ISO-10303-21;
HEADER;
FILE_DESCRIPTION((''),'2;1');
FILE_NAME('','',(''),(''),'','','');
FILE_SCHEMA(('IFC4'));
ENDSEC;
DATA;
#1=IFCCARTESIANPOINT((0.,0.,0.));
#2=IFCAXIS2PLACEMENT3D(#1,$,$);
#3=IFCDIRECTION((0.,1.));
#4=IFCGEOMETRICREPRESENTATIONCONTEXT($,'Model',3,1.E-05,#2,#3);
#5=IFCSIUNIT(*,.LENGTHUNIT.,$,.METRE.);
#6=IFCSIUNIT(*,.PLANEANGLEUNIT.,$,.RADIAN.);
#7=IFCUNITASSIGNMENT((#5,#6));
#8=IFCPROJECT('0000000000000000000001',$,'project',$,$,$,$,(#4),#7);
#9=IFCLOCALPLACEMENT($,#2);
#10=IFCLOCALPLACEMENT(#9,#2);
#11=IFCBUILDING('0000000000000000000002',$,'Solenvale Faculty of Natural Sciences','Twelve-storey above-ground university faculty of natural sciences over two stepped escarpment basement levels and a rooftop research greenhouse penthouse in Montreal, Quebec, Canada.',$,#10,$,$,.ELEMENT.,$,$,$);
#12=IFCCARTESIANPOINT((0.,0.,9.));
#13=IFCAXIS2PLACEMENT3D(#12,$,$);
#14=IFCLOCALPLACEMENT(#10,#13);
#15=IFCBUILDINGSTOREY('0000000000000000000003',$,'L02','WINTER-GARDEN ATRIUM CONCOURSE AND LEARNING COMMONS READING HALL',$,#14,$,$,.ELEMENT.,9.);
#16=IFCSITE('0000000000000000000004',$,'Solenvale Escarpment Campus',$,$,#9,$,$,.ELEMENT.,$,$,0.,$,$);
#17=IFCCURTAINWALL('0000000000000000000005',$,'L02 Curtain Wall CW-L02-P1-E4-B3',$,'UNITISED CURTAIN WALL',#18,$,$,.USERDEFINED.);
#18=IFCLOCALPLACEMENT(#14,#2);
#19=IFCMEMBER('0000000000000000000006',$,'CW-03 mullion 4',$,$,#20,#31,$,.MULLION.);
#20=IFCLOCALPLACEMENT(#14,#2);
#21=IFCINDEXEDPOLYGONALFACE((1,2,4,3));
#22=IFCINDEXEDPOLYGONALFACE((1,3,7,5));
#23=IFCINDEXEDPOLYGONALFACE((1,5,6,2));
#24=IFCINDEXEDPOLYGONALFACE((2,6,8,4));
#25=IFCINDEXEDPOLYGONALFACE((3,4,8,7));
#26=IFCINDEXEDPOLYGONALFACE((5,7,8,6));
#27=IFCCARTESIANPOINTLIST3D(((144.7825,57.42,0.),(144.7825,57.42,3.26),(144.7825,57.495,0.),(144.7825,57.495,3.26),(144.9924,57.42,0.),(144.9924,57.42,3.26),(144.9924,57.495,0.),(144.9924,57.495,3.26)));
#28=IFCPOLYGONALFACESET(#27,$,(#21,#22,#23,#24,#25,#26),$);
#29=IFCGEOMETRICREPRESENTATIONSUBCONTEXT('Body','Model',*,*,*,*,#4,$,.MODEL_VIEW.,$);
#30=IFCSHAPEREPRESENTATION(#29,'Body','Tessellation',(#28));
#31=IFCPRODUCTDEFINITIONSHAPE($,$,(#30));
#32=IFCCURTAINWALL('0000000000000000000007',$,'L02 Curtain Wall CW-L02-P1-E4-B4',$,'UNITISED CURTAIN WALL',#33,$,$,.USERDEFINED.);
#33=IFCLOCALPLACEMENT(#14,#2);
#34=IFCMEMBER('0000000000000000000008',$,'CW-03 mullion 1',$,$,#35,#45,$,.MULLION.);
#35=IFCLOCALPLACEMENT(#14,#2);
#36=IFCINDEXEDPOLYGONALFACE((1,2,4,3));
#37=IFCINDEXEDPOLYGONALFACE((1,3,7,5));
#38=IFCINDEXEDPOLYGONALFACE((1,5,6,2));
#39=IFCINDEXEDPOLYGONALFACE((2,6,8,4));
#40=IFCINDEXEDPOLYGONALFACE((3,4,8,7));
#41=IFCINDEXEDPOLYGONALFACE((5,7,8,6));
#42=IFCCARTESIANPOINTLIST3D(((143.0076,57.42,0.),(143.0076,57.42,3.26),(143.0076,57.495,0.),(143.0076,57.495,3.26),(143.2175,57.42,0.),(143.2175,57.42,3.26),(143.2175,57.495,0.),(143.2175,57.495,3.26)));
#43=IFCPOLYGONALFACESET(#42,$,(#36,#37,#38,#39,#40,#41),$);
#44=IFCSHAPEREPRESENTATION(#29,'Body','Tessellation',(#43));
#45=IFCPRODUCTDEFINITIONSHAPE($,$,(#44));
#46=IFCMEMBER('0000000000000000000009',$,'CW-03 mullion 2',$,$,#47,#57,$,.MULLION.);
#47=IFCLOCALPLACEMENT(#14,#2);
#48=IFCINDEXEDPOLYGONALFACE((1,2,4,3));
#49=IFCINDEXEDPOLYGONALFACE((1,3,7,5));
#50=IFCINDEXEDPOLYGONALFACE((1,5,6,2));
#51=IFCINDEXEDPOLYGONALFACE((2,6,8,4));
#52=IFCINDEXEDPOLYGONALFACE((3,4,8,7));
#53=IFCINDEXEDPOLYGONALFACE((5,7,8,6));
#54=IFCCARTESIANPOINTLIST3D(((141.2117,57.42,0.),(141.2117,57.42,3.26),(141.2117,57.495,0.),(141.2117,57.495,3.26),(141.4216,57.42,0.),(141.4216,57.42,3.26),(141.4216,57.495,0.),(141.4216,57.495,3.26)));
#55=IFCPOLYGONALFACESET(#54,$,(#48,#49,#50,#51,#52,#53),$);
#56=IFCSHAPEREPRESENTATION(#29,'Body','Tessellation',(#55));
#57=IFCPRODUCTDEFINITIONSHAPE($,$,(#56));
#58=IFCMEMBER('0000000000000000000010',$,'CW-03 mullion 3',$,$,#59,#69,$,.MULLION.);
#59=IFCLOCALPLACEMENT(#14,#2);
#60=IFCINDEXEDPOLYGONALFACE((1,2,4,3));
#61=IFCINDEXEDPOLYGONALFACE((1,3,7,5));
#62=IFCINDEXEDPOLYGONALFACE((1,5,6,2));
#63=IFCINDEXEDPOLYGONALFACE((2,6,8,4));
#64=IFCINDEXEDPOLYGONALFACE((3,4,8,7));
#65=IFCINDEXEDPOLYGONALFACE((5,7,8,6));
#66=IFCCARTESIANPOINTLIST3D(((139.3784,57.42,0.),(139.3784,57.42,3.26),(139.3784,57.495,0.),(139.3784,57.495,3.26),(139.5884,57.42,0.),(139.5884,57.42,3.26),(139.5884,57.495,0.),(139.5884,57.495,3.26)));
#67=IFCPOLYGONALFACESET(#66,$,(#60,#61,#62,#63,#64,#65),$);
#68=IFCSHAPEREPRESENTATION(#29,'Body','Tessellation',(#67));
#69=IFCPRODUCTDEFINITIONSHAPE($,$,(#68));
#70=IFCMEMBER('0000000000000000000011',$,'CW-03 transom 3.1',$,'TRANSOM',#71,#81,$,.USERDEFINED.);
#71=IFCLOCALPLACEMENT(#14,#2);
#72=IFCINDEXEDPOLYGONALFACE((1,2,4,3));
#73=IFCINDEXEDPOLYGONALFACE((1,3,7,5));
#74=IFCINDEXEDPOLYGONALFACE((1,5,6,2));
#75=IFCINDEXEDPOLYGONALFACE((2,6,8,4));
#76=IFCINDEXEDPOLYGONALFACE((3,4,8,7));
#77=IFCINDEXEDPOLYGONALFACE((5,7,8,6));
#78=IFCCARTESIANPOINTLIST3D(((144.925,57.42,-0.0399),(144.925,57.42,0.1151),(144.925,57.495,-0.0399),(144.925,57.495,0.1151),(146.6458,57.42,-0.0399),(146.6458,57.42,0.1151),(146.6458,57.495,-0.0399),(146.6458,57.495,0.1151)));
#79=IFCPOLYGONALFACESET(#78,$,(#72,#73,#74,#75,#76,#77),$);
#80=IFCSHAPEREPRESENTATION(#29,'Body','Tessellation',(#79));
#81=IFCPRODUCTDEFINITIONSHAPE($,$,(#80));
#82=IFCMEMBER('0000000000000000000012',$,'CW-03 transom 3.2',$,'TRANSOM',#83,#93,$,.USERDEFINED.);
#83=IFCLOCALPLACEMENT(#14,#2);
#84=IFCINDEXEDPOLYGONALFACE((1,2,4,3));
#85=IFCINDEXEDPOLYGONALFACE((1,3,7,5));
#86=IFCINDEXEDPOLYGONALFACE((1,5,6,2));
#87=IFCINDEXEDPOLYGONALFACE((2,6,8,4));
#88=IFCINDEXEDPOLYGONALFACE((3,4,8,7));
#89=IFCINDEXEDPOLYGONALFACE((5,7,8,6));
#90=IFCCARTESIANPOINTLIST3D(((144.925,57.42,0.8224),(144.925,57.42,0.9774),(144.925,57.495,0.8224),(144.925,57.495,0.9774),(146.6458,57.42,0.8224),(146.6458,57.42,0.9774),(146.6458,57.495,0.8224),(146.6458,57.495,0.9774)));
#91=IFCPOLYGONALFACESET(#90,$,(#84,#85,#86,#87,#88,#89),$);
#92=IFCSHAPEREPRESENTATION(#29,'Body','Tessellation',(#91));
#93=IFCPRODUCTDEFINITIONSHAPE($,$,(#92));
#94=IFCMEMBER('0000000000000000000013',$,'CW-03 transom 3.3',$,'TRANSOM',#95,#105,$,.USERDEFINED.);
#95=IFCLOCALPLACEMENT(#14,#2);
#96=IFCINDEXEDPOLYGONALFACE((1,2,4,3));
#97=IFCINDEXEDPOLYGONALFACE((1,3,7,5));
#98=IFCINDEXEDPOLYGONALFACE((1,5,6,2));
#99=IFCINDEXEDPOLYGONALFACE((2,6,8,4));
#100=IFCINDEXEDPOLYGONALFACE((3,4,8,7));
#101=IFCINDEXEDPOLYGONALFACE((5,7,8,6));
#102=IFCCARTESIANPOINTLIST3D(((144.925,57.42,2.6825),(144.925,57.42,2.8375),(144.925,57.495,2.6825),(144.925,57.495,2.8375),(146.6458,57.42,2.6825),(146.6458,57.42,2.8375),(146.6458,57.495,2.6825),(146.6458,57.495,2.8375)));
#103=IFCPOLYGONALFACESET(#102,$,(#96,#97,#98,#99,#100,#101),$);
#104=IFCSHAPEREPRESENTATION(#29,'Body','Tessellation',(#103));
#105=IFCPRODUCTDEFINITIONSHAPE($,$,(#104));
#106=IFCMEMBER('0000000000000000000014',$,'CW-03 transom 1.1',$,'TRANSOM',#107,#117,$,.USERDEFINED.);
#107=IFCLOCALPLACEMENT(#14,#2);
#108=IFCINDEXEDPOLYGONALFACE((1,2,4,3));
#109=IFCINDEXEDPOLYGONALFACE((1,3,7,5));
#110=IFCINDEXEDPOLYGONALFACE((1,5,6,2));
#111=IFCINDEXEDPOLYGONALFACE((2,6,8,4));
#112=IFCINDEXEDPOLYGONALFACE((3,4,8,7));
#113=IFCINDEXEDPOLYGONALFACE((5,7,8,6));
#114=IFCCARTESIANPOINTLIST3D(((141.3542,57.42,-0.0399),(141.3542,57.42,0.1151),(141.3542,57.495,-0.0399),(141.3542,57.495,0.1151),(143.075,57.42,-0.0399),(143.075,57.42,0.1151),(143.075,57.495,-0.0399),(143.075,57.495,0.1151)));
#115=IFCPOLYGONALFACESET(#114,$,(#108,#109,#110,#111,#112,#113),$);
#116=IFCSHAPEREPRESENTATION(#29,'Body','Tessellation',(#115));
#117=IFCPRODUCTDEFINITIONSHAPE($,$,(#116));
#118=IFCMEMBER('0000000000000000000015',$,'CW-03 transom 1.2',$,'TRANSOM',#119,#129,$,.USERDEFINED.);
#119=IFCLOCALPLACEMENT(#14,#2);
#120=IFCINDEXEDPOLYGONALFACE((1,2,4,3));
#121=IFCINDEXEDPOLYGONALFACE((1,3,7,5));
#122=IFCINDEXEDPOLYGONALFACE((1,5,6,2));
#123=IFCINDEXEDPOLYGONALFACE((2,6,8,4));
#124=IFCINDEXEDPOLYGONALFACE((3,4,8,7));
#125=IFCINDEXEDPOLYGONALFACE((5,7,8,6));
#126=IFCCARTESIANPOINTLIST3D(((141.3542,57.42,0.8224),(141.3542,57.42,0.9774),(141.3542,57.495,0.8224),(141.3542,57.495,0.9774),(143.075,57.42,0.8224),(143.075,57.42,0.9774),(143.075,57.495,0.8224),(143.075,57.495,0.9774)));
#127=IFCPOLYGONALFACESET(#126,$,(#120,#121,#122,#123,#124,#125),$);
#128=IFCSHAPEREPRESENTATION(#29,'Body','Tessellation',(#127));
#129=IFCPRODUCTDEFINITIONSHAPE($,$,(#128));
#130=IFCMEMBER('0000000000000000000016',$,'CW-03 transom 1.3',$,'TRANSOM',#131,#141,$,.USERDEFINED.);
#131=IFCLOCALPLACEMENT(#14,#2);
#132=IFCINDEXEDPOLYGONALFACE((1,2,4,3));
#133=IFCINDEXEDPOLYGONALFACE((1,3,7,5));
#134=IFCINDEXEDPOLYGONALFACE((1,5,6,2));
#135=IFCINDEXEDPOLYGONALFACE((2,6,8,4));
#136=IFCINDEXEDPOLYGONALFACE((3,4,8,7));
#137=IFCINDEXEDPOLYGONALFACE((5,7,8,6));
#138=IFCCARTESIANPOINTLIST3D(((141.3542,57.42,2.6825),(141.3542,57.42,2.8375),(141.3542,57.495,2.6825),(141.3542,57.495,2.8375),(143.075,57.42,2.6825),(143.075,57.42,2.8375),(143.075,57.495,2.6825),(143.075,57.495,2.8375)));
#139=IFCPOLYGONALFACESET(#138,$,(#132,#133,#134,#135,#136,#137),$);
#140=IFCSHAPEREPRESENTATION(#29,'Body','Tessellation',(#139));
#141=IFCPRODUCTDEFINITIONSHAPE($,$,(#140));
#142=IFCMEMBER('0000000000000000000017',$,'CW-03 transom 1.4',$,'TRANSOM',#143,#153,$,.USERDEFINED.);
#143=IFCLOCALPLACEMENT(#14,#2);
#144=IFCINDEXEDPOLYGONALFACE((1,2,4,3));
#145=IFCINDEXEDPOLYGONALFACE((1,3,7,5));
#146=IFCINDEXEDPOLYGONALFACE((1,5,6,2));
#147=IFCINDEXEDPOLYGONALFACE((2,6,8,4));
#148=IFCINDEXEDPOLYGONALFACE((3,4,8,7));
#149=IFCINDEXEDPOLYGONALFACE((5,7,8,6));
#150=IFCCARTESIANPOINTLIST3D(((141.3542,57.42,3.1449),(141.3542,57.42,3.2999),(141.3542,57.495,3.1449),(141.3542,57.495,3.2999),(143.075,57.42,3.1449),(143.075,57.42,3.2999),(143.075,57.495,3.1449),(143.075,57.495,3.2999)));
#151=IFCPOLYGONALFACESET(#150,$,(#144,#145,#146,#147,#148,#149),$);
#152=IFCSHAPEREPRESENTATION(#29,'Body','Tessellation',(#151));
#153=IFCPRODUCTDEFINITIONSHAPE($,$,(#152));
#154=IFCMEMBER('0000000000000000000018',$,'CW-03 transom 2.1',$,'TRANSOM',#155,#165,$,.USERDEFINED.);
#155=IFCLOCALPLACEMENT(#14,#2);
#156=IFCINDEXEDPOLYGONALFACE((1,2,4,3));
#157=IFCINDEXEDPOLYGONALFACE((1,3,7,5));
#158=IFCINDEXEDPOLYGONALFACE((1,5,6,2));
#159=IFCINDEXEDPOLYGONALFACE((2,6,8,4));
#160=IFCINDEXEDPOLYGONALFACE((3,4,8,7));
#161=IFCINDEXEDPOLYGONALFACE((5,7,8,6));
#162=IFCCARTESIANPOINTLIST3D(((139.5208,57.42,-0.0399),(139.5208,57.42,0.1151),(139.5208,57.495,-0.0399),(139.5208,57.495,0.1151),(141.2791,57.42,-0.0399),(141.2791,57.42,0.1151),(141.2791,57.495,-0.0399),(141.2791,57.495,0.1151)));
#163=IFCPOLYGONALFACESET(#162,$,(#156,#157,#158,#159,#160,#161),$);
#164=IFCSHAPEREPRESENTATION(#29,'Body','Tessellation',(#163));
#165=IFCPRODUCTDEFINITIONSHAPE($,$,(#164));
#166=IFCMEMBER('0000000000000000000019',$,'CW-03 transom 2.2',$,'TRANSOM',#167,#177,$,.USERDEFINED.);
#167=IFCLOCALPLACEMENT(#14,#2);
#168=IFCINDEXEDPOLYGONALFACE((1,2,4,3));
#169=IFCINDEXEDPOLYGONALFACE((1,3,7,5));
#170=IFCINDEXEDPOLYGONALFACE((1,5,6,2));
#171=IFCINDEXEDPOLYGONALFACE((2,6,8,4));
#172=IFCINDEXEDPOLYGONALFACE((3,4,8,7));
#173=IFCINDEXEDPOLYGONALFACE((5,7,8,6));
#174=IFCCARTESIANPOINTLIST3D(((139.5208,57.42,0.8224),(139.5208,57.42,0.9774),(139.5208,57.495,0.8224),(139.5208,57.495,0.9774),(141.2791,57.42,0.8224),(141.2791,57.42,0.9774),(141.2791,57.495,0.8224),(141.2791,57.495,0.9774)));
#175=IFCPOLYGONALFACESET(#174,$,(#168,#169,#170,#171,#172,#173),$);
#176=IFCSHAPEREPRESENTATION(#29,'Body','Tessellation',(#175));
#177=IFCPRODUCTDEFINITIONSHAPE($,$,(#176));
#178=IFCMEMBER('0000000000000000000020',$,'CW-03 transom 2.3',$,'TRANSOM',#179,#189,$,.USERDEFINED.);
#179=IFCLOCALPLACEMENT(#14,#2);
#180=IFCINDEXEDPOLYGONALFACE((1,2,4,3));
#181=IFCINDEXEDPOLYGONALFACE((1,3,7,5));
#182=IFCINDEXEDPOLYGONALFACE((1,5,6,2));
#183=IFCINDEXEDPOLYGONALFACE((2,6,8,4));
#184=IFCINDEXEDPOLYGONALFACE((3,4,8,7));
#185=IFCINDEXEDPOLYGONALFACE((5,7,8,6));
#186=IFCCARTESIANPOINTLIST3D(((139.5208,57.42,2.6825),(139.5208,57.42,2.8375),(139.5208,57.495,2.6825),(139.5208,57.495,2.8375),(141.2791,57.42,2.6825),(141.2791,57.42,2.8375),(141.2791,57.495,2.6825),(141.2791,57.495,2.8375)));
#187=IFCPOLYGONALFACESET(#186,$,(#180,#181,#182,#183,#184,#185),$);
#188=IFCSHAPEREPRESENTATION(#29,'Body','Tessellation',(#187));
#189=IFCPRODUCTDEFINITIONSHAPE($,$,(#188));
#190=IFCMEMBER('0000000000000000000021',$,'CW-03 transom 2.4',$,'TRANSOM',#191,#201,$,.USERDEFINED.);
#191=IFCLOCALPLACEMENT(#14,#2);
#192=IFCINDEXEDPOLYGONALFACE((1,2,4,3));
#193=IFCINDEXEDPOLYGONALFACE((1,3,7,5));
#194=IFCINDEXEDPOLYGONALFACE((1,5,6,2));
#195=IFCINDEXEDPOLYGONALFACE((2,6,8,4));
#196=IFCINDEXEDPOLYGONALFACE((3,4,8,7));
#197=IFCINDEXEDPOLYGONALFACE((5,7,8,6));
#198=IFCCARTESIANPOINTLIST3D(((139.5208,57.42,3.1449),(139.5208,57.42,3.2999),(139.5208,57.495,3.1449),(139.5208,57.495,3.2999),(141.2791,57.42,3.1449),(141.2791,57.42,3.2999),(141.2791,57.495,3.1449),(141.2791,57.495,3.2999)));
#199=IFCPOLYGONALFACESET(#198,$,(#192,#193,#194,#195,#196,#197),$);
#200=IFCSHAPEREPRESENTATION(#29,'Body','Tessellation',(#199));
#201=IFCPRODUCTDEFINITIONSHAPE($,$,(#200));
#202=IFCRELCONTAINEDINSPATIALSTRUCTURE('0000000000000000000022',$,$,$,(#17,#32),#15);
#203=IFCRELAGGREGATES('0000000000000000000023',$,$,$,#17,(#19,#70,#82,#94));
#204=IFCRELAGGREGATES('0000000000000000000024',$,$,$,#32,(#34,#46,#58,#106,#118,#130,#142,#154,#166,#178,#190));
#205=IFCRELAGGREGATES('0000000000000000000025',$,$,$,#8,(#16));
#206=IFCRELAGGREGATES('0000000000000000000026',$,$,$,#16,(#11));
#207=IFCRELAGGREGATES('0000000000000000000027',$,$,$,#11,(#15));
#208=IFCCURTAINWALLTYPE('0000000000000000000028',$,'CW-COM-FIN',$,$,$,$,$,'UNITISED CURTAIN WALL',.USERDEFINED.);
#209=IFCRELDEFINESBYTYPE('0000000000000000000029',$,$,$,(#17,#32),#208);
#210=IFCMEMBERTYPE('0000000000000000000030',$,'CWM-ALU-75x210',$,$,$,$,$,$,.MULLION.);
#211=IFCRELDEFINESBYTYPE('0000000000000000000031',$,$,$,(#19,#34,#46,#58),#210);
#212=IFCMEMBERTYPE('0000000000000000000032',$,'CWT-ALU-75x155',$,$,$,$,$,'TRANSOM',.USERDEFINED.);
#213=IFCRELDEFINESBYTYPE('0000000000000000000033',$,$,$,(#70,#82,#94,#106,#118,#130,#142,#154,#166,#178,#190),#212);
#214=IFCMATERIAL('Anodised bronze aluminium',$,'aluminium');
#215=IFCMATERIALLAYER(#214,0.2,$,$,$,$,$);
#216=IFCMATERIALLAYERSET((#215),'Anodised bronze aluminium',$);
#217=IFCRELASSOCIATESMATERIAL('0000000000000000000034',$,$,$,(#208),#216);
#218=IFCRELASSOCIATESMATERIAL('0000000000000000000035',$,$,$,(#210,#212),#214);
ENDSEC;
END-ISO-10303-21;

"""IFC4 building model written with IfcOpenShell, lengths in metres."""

from ifc_helpers import new_model, si_unit, direction, frame, origin, origin_2d, place, context, subcontext, project, spatial, rectangle, extrude, material, layer, layer_set, material_profile, profile_set, type_object, element, aggregate, save


model = new_model("IFC4")

# Units and contexts
model_context = context("Model", 3, precision=1e-05, world=origin(), true_north=direction((0.0, 1.0)))
body_context = subcontext(model_context, "Body", "Model", "MODEL_VIEW")
ifc_project = project(units=[si_unit("LENGTHUNIT", "METRE"), si_unit("PLANEANGLEUNIT", "RADIAN")], contexts=[model_context])

# Site, building, storey
site_placement = place(None, origin())
site = spatial("IfcSite", under=ifc_project, at=site_placement, Name="Solenvale Escarpment Campus", CompositionType="ELEMENT", RefElevation=0.0)
building_placement = place(site_placement, origin())
building = spatial("IfcBuilding", under=site, at=building_placement, Name="Solenvale Faculty of Natural Sciences", Description="Twelve-storey above-ground university faculty of natural sciences over two stepped escarpment basement levels and a rooftop research greenhouse penthouse in Montreal, Quebec, Canada.", CompositionType="ELEMENT")
storey_placement = place(building_placement, frame((0.0, 0.0, 9.0)))
storey = spatial("IfcBuildingStorey", under=building, at=storey_placement, Name="L02", Description="WINTER-GARDEN ATRIUM CONCOURSE AND LEARNING COMMONS READING HALL", CompositionType="ELEMENT", Elevation=9.0)

# Curtain wall, member
ifc_material_1 = material(Name="Anodised bronze aluminium", Category="aluminium")
ifc_layer_1 = layer(ifc_material_1, 0.2)
ifc_layer_set_1 = layer_set([ifc_layer_1], Name="Anodised bronze aluminium")
curtain_wall_type = type_object("IfcCurtainWallType", Name="CW-COM-FIN", ElementType="UNITISED CURTAIN WALL", PredefinedType="USERDEFINED", material=ifc_layer_set_1)
curtain_wall_1_placement = place(storey_placement, origin())
curtain_wall_1 = element("IfcCurtainWall", 1, at=curtain_wall_1_placement, inside=storey, type_object=curtain_wall_type, Name="L02 Curtain Wall CW-L02-P1-E4-B3", ObjectType="UNITISED CURTAIN WALL", PredefinedType="USERDEFINED")
ifc_material_profile_1 = material_profile(ifc_material_1, rectangle(XDim=0.075, YDim=0.21, at=origin_2d()), Name="ALU-MUL-75x210")
ifc_profile_set_1 = profile_set([ifc_material_profile_1], Name="Anodised bronze aluminium")
member_type_1 = type_object("IfcMemberType", Name="CWM-ALU-75x210", PredefinedType="MULLION", material=ifc_profile_set_1)
member_1_placement = place(storey_placement, frame((144.8875, 57.4575, 0.0), z_axis=(0.0, 0.0, 1.0), x_axis=(0.0, -1.0, 0.0)))
member_1 = element("IfcMember", 2, at=member_1_placement, type_object=member_type_1, Name="CW-03 mullion 4", PredefinedType="MULLION", context=body_context, shape_type="SweptSolid", body=[
    extrude(rectangle(XDim=0.075, YDim=0.21, at=origin_2d()), origin(), (0.0, 0.0, 1.0), 3.26),
])

# Curtain wall, members
curtain_wall_2_placement = place(storey_placement, origin())
curtain_wall_2 = element("IfcCurtainWall", 3, at=curtain_wall_2_placement, inside=storey, type_object=curtain_wall_type, Name="L02 Curtain Wall CW-L02-P1-E4-B4", ObjectType="UNITISED CURTAIN WALL", PredefinedType="USERDEFINED")
member_2_placement = place(storey_placement, frame((143.1125, 57.4575, 0.0), z_axis=(0.0, 0.0, 1.0), x_axis=(0.0, -1.0, 0.0)))
member_2 = element("IfcMember", 4, at=member_2_placement, type_object=member_type_1, Name="CW-03 mullion 1", PredefinedType="MULLION", context=body_context, shape_type="SweptSolid", body=[
    extrude(rectangle(XDim=0.075, YDim=0.21, at=origin_2d()), origin(), (0.0, 0.0, 1.0), 3.26),
])
member_3_placement = place(storey_placement, frame((141.3167, 57.4575, 0.0), z_axis=(0.0, 0.0, 1.0), x_axis=(0.0, -1.0, 0.0)))
member_3 = element("IfcMember", 5, at=member_3_placement, type_object=member_type_1, Name="CW-03 mullion 2", PredefinedType="MULLION", context=body_context, shape_type="SweptSolid", body=[
    extrude(rectangle(XDim=0.075, YDim=0.21, at=origin_2d()), origin(), (0.0, 0.0, 1.0), 3.26),
])
member_4_placement = place(storey_placement, frame((139.4834, 57.4575, 0.0), z_axis=(0.0, 0.0, 1.0), x_axis=(0.0, -1.0, 0.0)))
member_4 = element("IfcMember", 6, at=member_4_placement, type_object=member_type_1, Name="CW-03 mullion 3", PredefinedType="MULLION", context=body_context, shape_type="SweptSolid", body=[
    extrude(rectangle(XDim=0.075, YDim=0.21, at=origin_2d()), origin(), (0.0, 0.0, 1.0), 3.26),
])

# Members
ifc_material_profile_2 = material_profile(ifc_material_1, rectangle(XDim=0.075, YDim=0.155, at=origin_2d()), Name="ALU-TRN-75x155")
ifc_profile_set_2 = profile_set([ifc_material_profile_2], Name="Anodised bronze aluminium")
member_type_2 = type_object("IfcMemberType", Name="CWT-ALU-75x155", ElementType="TRANSOM", PredefinedType="USERDEFINED", material=ifc_profile_set_2)
member_5_placement = place(storey_placement, frame((146.6458, 57.4575, 0.0376), z_axis=(-1.0, 0.0, 0.0), x_axis=(0.0, -1.0, 0.0)))
member_5 = element("IfcMember", 7, at=member_5_placement, type_object=member_type_2, Name="CW-03 transom 3.1", ObjectType="TRANSOM", PredefinedType="USERDEFINED", context=body_context, shape_type="SweptSolid", body=[
    extrude(rectangle(XDim=0.075, YDim=0.155, at=origin_2d()), origin(), (0.0, 0.0, 1.0), 1.7207),
])
member_6_placement = place(storey_placement, frame((146.6458, 57.4575, 0.8999), z_axis=(-1.0, 0.0, 0.0), x_axis=(0.0, -1.0, 0.0)))
member_6 = element("IfcMember", 8, at=member_6_placement, type_object=member_type_2, Name="CW-03 transom 3.2", ObjectType="TRANSOM", PredefinedType="USERDEFINED", context=body_context, shape_type="SweptSolid", body=[
    extrude(rectangle(XDim=0.075, YDim=0.155, at=origin_2d()), origin(), (0.0, 0.0, 1.0), 1.7207),
])
member_7_placement = place(storey_placement, frame((146.6458, 57.4575, 2.76), z_axis=(-1.0, 0.0, 0.0), x_axis=(0.0, -1.0, 0.0)))
member_7 = element("IfcMember", 9, at=member_7_placement, type_object=member_type_2, Name="CW-03 transom 3.3", ObjectType="TRANSOM", PredefinedType="USERDEFINED", context=body_context, shape_type="SweptSolid", body=[
    extrude(rectangle(XDim=0.075, YDim=0.155, at=origin_2d()), origin(), (0.0, 0.0, 1.0), 1.7207),
])
member_8_placement = place(storey_placement, frame((143.075, 57.4575, 0.0376), z_axis=(-1.0, 0.0, 0.0), x_axis=(0.0, -1.0, 0.0)))
member_8 = element("IfcMember", 10, at=member_8_placement, type_object=member_type_2, Name="CW-03 transom 1.1", ObjectType="TRANSOM", PredefinedType="USERDEFINED", context=body_context, shape_type="SweptSolid", body=[
    extrude(rectangle(XDim=0.075, YDim=0.155, at=origin_2d()), origin(), (0.0, 0.0, 1.0), 1.7207),
])
member_9_placement = place(storey_placement, frame((143.075, 57.4575, 0.8999), z_axis=(-1.0, 0.0, 0.0), x_axis=(0.0, -1.0, 0.0)))
member_9 = element("IfcMember", 11, at=member_9_placement, type_object=member_type_2, Name="CW-03 transom 1.2", ObjectType="TRANSOM", PredefinedType="USERDEFINED", context=body_context, shape_type="SweptSolid", body=[
    extrude(rectangle(XDim=0.075, YDim=0.155, at=origin_2d()), origin(), (0.0, 0.0, 1.0), 1.7207),
])
member_10_placement = place(storey_placement, frame((143.075, 57.4575, 2.76), z_axis=(-1.0, 0.0, 0.0), x_axis=(0.0, -1.0, 0.0)))
member_10 = element("IfcMember", 12, at=member_10_placement, type_object=member_type_2, Name="CW-03 transom 1.3", ObjectType="TRANSOM", PredefinedType="USERDEFINED", context=body_context, shape_type="SweptSolid", body=[
    extrude(rectangle(XDim=0.075, YDim=0.155, at=origin_2d()), origin(), (0.0, 0.0, 1.0), 1.7207),
])
member_11_placement = place(storey_placement, frame((143.075, 57.4575, 3.2224), z_axis=(-1.0, 0.0, 0.0), x_axis=(0.0, -1.0, 0.0)))
member_11 = element("IfcMember", 13, at=member_11_placement, type_object=member_type_2, Name="CW-03 transom 1.4", ObjectType="TRANSOM", PredefinedType="USERDEFINED", context=body_context, shape_type="SweptSolid", body=[
    extrude(rectangle(XDim=0.075, YDim=0.155, at=origin_2d()), origin(), (0.0, 0.0, 1.0), 1.7207),
])
member_12_placement = place(storey_placement, frame((141.2791, 57.4575, 0.0376), z_axis=(-1.0, 0.0, 0.0), x_axis=(0.0, -1.0, 0.0)))
member_12 = element("IfcMember", 14, at=member_12_placement, type_object=member_type_2, Name="CW-03 transom 2.1", ObjectType="TRANSOM", PredefinedType="USERDEFINED", context=body_context, shape_type="SweptSolid", body=[
    extrude(rectangle(XDim=0.075, YDim=0.155, at=origin_2d()), origin(), (0.0, 0.0, 1.0), 1.7583),
])
member_13_placement = place(storey_placement, frame((141.2791, 57.4575, 0.8999), z_axis=(-1.0, 0.0, 0.0), x_axis=(0.0, -1.0, 0.0)))
member_13 = element("IfcMember", 15, at=member_13_placement, type_object=member_type_2, Name="CW-03 transom 2.2", ObjectType="TRANSOM", PredefinedType="USERDEFINED", context=body_context, shape_type="SweptSolid", body=[
    extrude(rectangle(XDim=0.075, YDim=0.155, at=origin_2d()), origin(), (0.0, 0.0, 1.0), 1.7583),
])
member_14_placement = place(storey_placement, frame((141.2791, 57.4575, 2.76), z_axis=(-1.0, 0.0, 0.0), x_axis=(0.0, -1.0, 0.0)))
member_14 = element("IfcMember", 16, at=member_14_placement, type_object=member_type_2, Name="CW-03 transom 2.3", ObjectType="TRANSOM", PredefinedType="USERDEFINED", context=body_context, shape_type="SweptSolid", body=[
    extrude(rectangle(XDim=0.075, YDim=0.155, at=origin_2d()), origin(), (0.0, 0.0, 1.0), 1.7583),
])
member_15_placement = place(storey_placement, frame((141.2791, 57.4575, 3.2224), z_axis=(-1.0, 0.0, 0.0), x_axis=(0.0, -1.0, 0.0)))
member_15 = element("IfcMember", 17, at=member_15_placement, type_object=member_type_2, Name="CW-03 transom 2.4", ObjectType="TRANSOM", PredefinedType="USERDEFINED", context=body_context, shape_type="SweptSolid", body=[
    extrude(rectangle(XDim=0.075, YDim=0.155, at=origin_2d()), origin(), (0.0, 0.0, 1.0), 1.7583),
])

aggregate(curtain_wall_1, [member_1, member_5, member_6, member_7])
aggregate(curtain_wall_2, [member_2, member_3, member_4, member_8, member_9, member_10, member_11, member_12, member_13, member_14, member_15])

save(model, "model.ifc")
